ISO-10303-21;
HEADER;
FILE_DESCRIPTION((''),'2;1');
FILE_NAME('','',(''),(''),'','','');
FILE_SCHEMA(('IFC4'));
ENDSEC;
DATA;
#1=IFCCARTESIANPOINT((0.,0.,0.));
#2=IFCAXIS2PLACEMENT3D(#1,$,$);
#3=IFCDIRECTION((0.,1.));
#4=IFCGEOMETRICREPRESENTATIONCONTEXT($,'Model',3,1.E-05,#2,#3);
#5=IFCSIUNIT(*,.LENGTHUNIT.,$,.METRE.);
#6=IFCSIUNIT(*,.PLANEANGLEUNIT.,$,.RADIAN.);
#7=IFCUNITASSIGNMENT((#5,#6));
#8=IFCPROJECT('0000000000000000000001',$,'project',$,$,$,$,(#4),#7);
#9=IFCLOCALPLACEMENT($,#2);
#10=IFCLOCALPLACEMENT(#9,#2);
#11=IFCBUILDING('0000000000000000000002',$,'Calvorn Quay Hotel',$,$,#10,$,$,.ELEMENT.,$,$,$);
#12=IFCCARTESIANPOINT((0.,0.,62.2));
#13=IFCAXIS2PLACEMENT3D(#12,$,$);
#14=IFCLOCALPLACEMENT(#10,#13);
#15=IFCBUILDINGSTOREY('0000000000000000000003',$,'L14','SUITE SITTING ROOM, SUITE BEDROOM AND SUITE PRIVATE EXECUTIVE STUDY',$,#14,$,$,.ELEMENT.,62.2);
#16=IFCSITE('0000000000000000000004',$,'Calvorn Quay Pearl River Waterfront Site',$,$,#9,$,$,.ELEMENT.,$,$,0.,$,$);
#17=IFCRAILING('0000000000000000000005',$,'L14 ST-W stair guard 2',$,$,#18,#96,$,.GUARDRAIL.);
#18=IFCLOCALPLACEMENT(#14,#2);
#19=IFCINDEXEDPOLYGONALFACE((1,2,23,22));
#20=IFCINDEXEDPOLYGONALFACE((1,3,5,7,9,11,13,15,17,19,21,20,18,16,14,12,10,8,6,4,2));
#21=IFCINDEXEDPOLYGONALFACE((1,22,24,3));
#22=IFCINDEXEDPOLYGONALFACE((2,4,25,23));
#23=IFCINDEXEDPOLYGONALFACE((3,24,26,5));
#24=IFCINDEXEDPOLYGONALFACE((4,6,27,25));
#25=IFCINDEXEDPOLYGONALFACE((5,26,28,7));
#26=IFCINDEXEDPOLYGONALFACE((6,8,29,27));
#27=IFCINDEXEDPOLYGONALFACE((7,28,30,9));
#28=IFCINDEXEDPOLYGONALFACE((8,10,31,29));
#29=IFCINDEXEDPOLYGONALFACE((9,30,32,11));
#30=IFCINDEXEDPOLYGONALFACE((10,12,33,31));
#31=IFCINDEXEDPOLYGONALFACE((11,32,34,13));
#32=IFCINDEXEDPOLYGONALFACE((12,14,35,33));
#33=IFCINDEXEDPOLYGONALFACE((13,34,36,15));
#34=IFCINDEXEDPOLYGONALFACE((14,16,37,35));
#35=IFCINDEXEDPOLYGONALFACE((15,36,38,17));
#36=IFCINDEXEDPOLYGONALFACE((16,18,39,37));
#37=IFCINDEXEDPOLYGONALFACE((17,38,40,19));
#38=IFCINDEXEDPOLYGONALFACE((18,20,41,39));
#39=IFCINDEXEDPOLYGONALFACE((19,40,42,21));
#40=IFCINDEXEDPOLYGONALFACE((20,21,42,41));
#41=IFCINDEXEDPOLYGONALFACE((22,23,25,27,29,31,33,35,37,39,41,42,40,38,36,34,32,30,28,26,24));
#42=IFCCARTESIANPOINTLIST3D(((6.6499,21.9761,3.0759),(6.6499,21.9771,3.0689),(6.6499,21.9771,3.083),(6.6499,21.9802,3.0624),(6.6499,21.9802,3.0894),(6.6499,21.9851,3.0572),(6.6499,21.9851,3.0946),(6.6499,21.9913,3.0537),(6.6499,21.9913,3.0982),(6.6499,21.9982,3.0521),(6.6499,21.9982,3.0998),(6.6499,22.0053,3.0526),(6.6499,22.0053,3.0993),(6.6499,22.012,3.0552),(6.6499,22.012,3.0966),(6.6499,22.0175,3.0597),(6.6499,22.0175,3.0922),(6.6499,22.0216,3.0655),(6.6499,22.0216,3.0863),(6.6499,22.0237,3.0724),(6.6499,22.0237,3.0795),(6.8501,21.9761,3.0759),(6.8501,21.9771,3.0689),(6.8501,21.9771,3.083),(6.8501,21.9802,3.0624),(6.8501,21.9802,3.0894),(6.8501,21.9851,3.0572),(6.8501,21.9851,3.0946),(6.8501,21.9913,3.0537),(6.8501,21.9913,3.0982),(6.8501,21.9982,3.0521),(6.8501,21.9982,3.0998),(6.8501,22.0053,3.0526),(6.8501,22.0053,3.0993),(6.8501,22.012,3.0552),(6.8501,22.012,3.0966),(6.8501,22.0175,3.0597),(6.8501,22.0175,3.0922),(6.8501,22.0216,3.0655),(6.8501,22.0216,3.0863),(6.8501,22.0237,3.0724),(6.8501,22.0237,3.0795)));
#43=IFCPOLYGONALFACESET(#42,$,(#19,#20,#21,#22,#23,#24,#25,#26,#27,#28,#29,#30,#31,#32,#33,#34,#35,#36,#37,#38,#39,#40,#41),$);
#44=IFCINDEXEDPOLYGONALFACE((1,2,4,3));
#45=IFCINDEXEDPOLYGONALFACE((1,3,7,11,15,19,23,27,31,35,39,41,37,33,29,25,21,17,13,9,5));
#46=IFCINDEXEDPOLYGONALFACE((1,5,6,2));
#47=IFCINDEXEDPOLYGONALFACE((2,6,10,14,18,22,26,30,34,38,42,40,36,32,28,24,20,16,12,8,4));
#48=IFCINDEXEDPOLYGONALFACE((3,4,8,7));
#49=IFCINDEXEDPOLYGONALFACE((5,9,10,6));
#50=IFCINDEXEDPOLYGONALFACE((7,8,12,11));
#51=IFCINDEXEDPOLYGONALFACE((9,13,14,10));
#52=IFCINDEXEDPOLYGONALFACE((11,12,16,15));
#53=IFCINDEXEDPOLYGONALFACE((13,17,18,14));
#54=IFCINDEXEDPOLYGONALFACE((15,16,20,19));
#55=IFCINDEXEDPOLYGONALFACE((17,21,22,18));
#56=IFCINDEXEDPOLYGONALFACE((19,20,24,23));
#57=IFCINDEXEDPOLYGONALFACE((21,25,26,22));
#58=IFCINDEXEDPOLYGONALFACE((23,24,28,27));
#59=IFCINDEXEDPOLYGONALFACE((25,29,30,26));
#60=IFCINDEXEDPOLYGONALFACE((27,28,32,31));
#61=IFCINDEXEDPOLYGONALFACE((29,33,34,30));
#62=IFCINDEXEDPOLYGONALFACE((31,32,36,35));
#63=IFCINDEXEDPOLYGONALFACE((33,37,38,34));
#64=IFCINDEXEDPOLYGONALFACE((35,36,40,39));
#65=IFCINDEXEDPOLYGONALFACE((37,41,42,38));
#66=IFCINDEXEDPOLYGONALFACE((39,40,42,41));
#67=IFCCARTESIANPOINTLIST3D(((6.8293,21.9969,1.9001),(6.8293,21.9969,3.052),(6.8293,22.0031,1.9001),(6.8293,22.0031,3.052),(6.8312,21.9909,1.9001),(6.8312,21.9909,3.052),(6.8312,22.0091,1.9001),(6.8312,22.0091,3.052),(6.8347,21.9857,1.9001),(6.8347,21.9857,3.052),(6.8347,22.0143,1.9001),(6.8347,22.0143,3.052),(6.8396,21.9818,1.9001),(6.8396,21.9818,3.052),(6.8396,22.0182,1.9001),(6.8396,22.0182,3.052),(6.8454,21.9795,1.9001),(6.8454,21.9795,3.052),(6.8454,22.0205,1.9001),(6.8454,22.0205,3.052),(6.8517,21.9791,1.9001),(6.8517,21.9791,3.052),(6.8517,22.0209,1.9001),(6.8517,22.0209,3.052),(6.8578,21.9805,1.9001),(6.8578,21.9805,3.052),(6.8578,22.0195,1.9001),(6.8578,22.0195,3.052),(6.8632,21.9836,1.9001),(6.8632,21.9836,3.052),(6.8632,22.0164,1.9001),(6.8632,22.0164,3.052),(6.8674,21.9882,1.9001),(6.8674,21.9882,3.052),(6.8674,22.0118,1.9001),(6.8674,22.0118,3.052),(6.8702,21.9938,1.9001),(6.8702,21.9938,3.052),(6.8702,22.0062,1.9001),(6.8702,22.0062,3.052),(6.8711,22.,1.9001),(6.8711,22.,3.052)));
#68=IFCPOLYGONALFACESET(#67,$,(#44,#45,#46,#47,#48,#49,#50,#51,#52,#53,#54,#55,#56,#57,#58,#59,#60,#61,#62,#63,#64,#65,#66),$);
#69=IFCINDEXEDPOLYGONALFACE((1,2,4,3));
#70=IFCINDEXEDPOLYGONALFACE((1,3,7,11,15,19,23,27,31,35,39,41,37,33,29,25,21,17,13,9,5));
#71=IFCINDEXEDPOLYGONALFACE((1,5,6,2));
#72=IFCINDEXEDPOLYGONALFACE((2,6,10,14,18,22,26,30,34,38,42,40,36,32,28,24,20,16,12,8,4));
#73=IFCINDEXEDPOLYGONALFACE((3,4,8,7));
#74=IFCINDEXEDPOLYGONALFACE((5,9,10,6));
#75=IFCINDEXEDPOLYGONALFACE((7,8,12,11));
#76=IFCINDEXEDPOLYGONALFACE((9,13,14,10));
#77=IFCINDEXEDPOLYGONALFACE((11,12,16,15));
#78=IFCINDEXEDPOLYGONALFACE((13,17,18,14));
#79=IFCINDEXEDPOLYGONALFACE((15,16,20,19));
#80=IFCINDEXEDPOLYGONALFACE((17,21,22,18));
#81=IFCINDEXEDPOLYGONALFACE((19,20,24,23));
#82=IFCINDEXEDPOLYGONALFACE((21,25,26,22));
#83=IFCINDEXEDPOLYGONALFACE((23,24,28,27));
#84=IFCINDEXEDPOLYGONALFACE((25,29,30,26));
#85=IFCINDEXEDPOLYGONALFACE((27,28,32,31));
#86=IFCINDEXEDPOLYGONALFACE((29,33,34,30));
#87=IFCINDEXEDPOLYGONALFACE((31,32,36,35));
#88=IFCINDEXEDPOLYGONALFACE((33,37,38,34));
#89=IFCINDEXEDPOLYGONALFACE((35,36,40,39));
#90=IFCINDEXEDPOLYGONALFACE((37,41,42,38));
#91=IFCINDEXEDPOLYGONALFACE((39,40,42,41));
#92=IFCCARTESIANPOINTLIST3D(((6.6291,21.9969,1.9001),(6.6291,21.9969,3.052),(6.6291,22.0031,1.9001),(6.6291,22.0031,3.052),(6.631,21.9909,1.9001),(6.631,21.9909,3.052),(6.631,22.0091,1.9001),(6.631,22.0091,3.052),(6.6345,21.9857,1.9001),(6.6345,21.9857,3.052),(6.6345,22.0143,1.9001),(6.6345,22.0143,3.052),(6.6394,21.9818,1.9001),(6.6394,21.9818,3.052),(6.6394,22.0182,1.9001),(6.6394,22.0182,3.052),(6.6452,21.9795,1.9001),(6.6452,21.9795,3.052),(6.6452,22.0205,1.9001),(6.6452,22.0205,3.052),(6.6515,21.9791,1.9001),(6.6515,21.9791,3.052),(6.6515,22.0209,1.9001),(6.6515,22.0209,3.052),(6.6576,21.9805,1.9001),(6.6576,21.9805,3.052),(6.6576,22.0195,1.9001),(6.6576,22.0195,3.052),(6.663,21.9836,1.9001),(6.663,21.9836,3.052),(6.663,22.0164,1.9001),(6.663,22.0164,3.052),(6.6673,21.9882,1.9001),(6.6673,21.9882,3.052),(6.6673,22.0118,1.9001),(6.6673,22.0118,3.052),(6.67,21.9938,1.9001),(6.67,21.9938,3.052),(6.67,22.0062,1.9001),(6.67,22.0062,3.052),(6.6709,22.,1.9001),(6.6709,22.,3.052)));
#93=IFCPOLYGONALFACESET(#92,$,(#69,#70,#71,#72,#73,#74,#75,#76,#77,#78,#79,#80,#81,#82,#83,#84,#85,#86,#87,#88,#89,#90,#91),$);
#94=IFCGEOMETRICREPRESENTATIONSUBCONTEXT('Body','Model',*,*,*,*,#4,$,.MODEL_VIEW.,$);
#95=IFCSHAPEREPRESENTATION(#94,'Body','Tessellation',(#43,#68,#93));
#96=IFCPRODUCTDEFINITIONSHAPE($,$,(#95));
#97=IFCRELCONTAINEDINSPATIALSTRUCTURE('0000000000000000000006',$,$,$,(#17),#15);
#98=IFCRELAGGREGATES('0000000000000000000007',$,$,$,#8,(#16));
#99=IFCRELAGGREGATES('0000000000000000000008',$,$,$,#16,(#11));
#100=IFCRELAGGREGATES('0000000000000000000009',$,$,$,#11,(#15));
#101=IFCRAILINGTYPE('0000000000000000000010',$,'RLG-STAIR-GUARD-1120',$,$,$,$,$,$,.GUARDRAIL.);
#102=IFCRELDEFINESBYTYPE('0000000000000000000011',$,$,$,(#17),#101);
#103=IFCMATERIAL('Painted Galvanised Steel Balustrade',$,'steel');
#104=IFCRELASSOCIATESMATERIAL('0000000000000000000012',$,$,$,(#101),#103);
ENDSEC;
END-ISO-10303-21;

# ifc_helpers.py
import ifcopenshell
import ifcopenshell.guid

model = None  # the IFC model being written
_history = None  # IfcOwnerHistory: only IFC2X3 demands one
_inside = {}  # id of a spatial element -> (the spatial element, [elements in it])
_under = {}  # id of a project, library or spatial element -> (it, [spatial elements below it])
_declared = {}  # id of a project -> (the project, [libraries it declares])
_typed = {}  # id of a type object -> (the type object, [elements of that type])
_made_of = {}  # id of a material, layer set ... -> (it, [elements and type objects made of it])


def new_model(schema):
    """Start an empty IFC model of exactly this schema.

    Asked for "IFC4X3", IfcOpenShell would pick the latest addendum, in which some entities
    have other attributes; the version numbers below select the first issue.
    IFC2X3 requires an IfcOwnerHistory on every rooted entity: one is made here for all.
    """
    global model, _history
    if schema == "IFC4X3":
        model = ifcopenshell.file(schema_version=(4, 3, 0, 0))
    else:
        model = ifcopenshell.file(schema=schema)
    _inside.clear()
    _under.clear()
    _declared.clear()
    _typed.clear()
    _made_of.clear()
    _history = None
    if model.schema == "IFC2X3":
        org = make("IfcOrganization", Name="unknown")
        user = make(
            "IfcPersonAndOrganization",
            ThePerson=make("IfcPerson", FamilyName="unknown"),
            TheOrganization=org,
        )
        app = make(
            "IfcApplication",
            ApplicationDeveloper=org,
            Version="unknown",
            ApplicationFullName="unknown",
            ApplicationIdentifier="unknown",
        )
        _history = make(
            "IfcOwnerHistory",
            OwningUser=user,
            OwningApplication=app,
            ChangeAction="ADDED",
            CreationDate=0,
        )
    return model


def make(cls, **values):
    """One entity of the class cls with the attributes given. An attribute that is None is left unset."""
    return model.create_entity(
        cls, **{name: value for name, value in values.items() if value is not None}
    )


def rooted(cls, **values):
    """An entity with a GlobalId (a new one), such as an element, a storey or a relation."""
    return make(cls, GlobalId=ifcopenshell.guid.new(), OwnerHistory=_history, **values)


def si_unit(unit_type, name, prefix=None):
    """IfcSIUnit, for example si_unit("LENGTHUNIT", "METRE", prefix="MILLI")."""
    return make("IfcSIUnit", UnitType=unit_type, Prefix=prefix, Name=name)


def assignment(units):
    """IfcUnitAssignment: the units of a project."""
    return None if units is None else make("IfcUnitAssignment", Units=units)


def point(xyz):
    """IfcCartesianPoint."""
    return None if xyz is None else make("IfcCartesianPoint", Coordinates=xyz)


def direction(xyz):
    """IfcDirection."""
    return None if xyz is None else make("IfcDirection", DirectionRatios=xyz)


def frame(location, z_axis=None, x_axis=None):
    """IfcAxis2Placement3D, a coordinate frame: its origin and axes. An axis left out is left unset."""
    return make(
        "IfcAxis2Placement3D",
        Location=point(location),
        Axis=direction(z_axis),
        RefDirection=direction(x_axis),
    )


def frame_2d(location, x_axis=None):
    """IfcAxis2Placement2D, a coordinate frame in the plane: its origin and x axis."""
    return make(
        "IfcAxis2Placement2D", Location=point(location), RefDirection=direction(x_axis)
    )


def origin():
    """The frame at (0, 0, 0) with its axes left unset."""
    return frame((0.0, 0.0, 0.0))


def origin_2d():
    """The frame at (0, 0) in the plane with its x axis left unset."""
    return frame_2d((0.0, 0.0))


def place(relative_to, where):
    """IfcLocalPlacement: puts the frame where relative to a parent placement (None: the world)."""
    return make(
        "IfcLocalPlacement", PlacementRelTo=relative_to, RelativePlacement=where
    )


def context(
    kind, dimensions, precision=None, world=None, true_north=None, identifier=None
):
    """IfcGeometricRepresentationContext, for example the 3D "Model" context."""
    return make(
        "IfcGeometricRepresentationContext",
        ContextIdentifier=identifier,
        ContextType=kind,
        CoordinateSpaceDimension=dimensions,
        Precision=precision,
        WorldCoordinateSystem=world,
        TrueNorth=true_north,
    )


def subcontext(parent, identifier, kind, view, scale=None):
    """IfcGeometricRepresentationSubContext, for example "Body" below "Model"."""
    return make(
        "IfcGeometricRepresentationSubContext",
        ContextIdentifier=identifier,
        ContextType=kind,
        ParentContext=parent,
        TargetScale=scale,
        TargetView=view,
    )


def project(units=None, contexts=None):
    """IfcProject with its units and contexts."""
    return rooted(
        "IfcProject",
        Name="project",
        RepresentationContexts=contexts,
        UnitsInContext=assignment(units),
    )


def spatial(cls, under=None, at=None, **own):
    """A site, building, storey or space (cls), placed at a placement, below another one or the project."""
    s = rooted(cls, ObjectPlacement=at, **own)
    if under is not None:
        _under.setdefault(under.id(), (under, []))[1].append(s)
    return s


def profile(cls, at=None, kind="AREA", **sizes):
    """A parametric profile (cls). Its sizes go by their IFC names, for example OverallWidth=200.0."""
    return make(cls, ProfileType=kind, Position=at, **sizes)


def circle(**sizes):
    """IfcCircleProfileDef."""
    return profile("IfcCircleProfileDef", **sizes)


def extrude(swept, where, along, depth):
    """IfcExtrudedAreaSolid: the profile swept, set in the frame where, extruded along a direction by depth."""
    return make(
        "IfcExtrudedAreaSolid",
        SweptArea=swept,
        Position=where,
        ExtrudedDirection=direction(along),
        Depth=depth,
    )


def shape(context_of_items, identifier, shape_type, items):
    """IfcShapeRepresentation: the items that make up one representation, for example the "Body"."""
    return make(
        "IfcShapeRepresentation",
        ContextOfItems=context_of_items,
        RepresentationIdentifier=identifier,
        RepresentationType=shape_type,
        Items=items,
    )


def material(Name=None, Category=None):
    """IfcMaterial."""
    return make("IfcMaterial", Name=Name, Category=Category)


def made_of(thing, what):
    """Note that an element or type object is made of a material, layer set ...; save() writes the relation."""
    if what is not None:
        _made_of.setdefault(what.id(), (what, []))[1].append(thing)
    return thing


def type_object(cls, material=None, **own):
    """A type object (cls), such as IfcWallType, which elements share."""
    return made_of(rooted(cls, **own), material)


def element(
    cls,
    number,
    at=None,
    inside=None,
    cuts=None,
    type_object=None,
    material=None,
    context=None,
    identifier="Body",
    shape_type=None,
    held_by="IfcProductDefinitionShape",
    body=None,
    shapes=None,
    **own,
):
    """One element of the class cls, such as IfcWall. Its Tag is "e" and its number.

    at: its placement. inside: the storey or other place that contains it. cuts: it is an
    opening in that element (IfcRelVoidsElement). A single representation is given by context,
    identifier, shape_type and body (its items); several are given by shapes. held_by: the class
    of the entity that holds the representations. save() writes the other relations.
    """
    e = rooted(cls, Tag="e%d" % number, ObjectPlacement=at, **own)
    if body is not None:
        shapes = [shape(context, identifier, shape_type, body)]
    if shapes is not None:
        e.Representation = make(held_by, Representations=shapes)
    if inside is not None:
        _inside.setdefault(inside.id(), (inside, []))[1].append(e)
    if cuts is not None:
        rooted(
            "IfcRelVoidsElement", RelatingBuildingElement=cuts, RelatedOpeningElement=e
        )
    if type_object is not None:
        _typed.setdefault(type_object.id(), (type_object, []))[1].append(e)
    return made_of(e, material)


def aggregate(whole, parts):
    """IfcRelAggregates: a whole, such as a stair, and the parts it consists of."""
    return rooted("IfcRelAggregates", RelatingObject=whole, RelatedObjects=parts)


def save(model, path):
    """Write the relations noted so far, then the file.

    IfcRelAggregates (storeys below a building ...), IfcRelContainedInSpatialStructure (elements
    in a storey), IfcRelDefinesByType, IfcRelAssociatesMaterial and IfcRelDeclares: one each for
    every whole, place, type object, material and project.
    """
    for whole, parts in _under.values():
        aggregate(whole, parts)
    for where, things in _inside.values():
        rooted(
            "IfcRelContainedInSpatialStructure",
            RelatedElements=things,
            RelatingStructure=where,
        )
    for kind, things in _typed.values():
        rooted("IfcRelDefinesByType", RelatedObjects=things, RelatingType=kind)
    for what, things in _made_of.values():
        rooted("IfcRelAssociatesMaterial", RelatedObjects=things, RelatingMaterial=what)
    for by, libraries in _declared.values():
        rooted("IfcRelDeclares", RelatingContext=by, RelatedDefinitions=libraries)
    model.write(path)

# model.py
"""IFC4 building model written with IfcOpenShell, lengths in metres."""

from ifc_helpers import new_model, si_unit, direction, frame, origin, origin_2d, place, context, subcontext, project, spatial, circle, extrude, material, type_object, element, save


model = new_model("IFC4")

# Units and contexts
model_context = context("Model", 3, precision=1e-05, world=origin(), true_north=direction((0.0, 1.0)))
body_context = subcontext(model_context, "Body", "Model", "MODEL_VIEW")
ifc_project = project(units=[si_unit("LENGTHUNIT", "METRE"), si_unit("PLANEANGLEUNIT", "RADIAN")], contexts=[model_context])

# Site, building, storey
site_placement = place(None, origin())
site = spatial("IfcSite", under=ifc_project, at=site_placement, Name="Calvorn Quay Pearl River Waterfront Site", CompositionType="ELEMENT", RefElevation=0.0)
building_placement = place(site_placement, origin())
building = spatial("IfcBuilding", under=site, at=building_placement, Name="Calvorn Quay Hotel", CompositionType="ELEMENT")
storey_placement = place(building_placement, frame((0.0, 0.0, 62.2)))
storey = spatial("IfcBuildingStorey", under=building, at=storey_placement, Name="L14", Description="SUITE SITTING ROOM, SUITE BEDROOM AND SUITE PRIVATE EXECUTIVE STUDY", CompositionType="ELEMENT", Elevation=62.2)

# Railing
ifc_material_1 = material(Name="Painted Galvanised Steel Balustrade", Category="steel")
railing_type_1 = type_object("IfcRailingType", Name="RLG-STAIR-GUARD-1120", PredefinedType="GUARDRAIL", material=ifc_material_1)
railing_1_placement = place(storey_placement, frame((6.8501, 22.0, 1.9001)))
element("IfcRailing", 1, at=railing_1_placement, inside=storey, type_object=railing_type_1, Name="L14 ST-W stair guard 2", PredefinedType="GUARDRAIL", context=body_context, shape_type="SweptSolid", body=[
    extrude(circle(Radius=0.0239, at=origin_2d()), frame((0.0, 0.0, 1.1758), z_axis=(-1.0, 0.0, 0.0), x_axis=(0.0, -1.0, 0.0)), (0.0, 0.0, 1.0), 0.2002),
    extrude(circle(Radius=0.021, at=origin_2d()), origin(), (0.0, 0.0, 1.0), 1.1519),
    extrude(circle(Radius=0.021, at=origin_2d()), frame((-0.2002, 0.0, 0.0)), (0.0, 0.0, 1.0), 1.1519),
])

save(model, "model.ifc")
